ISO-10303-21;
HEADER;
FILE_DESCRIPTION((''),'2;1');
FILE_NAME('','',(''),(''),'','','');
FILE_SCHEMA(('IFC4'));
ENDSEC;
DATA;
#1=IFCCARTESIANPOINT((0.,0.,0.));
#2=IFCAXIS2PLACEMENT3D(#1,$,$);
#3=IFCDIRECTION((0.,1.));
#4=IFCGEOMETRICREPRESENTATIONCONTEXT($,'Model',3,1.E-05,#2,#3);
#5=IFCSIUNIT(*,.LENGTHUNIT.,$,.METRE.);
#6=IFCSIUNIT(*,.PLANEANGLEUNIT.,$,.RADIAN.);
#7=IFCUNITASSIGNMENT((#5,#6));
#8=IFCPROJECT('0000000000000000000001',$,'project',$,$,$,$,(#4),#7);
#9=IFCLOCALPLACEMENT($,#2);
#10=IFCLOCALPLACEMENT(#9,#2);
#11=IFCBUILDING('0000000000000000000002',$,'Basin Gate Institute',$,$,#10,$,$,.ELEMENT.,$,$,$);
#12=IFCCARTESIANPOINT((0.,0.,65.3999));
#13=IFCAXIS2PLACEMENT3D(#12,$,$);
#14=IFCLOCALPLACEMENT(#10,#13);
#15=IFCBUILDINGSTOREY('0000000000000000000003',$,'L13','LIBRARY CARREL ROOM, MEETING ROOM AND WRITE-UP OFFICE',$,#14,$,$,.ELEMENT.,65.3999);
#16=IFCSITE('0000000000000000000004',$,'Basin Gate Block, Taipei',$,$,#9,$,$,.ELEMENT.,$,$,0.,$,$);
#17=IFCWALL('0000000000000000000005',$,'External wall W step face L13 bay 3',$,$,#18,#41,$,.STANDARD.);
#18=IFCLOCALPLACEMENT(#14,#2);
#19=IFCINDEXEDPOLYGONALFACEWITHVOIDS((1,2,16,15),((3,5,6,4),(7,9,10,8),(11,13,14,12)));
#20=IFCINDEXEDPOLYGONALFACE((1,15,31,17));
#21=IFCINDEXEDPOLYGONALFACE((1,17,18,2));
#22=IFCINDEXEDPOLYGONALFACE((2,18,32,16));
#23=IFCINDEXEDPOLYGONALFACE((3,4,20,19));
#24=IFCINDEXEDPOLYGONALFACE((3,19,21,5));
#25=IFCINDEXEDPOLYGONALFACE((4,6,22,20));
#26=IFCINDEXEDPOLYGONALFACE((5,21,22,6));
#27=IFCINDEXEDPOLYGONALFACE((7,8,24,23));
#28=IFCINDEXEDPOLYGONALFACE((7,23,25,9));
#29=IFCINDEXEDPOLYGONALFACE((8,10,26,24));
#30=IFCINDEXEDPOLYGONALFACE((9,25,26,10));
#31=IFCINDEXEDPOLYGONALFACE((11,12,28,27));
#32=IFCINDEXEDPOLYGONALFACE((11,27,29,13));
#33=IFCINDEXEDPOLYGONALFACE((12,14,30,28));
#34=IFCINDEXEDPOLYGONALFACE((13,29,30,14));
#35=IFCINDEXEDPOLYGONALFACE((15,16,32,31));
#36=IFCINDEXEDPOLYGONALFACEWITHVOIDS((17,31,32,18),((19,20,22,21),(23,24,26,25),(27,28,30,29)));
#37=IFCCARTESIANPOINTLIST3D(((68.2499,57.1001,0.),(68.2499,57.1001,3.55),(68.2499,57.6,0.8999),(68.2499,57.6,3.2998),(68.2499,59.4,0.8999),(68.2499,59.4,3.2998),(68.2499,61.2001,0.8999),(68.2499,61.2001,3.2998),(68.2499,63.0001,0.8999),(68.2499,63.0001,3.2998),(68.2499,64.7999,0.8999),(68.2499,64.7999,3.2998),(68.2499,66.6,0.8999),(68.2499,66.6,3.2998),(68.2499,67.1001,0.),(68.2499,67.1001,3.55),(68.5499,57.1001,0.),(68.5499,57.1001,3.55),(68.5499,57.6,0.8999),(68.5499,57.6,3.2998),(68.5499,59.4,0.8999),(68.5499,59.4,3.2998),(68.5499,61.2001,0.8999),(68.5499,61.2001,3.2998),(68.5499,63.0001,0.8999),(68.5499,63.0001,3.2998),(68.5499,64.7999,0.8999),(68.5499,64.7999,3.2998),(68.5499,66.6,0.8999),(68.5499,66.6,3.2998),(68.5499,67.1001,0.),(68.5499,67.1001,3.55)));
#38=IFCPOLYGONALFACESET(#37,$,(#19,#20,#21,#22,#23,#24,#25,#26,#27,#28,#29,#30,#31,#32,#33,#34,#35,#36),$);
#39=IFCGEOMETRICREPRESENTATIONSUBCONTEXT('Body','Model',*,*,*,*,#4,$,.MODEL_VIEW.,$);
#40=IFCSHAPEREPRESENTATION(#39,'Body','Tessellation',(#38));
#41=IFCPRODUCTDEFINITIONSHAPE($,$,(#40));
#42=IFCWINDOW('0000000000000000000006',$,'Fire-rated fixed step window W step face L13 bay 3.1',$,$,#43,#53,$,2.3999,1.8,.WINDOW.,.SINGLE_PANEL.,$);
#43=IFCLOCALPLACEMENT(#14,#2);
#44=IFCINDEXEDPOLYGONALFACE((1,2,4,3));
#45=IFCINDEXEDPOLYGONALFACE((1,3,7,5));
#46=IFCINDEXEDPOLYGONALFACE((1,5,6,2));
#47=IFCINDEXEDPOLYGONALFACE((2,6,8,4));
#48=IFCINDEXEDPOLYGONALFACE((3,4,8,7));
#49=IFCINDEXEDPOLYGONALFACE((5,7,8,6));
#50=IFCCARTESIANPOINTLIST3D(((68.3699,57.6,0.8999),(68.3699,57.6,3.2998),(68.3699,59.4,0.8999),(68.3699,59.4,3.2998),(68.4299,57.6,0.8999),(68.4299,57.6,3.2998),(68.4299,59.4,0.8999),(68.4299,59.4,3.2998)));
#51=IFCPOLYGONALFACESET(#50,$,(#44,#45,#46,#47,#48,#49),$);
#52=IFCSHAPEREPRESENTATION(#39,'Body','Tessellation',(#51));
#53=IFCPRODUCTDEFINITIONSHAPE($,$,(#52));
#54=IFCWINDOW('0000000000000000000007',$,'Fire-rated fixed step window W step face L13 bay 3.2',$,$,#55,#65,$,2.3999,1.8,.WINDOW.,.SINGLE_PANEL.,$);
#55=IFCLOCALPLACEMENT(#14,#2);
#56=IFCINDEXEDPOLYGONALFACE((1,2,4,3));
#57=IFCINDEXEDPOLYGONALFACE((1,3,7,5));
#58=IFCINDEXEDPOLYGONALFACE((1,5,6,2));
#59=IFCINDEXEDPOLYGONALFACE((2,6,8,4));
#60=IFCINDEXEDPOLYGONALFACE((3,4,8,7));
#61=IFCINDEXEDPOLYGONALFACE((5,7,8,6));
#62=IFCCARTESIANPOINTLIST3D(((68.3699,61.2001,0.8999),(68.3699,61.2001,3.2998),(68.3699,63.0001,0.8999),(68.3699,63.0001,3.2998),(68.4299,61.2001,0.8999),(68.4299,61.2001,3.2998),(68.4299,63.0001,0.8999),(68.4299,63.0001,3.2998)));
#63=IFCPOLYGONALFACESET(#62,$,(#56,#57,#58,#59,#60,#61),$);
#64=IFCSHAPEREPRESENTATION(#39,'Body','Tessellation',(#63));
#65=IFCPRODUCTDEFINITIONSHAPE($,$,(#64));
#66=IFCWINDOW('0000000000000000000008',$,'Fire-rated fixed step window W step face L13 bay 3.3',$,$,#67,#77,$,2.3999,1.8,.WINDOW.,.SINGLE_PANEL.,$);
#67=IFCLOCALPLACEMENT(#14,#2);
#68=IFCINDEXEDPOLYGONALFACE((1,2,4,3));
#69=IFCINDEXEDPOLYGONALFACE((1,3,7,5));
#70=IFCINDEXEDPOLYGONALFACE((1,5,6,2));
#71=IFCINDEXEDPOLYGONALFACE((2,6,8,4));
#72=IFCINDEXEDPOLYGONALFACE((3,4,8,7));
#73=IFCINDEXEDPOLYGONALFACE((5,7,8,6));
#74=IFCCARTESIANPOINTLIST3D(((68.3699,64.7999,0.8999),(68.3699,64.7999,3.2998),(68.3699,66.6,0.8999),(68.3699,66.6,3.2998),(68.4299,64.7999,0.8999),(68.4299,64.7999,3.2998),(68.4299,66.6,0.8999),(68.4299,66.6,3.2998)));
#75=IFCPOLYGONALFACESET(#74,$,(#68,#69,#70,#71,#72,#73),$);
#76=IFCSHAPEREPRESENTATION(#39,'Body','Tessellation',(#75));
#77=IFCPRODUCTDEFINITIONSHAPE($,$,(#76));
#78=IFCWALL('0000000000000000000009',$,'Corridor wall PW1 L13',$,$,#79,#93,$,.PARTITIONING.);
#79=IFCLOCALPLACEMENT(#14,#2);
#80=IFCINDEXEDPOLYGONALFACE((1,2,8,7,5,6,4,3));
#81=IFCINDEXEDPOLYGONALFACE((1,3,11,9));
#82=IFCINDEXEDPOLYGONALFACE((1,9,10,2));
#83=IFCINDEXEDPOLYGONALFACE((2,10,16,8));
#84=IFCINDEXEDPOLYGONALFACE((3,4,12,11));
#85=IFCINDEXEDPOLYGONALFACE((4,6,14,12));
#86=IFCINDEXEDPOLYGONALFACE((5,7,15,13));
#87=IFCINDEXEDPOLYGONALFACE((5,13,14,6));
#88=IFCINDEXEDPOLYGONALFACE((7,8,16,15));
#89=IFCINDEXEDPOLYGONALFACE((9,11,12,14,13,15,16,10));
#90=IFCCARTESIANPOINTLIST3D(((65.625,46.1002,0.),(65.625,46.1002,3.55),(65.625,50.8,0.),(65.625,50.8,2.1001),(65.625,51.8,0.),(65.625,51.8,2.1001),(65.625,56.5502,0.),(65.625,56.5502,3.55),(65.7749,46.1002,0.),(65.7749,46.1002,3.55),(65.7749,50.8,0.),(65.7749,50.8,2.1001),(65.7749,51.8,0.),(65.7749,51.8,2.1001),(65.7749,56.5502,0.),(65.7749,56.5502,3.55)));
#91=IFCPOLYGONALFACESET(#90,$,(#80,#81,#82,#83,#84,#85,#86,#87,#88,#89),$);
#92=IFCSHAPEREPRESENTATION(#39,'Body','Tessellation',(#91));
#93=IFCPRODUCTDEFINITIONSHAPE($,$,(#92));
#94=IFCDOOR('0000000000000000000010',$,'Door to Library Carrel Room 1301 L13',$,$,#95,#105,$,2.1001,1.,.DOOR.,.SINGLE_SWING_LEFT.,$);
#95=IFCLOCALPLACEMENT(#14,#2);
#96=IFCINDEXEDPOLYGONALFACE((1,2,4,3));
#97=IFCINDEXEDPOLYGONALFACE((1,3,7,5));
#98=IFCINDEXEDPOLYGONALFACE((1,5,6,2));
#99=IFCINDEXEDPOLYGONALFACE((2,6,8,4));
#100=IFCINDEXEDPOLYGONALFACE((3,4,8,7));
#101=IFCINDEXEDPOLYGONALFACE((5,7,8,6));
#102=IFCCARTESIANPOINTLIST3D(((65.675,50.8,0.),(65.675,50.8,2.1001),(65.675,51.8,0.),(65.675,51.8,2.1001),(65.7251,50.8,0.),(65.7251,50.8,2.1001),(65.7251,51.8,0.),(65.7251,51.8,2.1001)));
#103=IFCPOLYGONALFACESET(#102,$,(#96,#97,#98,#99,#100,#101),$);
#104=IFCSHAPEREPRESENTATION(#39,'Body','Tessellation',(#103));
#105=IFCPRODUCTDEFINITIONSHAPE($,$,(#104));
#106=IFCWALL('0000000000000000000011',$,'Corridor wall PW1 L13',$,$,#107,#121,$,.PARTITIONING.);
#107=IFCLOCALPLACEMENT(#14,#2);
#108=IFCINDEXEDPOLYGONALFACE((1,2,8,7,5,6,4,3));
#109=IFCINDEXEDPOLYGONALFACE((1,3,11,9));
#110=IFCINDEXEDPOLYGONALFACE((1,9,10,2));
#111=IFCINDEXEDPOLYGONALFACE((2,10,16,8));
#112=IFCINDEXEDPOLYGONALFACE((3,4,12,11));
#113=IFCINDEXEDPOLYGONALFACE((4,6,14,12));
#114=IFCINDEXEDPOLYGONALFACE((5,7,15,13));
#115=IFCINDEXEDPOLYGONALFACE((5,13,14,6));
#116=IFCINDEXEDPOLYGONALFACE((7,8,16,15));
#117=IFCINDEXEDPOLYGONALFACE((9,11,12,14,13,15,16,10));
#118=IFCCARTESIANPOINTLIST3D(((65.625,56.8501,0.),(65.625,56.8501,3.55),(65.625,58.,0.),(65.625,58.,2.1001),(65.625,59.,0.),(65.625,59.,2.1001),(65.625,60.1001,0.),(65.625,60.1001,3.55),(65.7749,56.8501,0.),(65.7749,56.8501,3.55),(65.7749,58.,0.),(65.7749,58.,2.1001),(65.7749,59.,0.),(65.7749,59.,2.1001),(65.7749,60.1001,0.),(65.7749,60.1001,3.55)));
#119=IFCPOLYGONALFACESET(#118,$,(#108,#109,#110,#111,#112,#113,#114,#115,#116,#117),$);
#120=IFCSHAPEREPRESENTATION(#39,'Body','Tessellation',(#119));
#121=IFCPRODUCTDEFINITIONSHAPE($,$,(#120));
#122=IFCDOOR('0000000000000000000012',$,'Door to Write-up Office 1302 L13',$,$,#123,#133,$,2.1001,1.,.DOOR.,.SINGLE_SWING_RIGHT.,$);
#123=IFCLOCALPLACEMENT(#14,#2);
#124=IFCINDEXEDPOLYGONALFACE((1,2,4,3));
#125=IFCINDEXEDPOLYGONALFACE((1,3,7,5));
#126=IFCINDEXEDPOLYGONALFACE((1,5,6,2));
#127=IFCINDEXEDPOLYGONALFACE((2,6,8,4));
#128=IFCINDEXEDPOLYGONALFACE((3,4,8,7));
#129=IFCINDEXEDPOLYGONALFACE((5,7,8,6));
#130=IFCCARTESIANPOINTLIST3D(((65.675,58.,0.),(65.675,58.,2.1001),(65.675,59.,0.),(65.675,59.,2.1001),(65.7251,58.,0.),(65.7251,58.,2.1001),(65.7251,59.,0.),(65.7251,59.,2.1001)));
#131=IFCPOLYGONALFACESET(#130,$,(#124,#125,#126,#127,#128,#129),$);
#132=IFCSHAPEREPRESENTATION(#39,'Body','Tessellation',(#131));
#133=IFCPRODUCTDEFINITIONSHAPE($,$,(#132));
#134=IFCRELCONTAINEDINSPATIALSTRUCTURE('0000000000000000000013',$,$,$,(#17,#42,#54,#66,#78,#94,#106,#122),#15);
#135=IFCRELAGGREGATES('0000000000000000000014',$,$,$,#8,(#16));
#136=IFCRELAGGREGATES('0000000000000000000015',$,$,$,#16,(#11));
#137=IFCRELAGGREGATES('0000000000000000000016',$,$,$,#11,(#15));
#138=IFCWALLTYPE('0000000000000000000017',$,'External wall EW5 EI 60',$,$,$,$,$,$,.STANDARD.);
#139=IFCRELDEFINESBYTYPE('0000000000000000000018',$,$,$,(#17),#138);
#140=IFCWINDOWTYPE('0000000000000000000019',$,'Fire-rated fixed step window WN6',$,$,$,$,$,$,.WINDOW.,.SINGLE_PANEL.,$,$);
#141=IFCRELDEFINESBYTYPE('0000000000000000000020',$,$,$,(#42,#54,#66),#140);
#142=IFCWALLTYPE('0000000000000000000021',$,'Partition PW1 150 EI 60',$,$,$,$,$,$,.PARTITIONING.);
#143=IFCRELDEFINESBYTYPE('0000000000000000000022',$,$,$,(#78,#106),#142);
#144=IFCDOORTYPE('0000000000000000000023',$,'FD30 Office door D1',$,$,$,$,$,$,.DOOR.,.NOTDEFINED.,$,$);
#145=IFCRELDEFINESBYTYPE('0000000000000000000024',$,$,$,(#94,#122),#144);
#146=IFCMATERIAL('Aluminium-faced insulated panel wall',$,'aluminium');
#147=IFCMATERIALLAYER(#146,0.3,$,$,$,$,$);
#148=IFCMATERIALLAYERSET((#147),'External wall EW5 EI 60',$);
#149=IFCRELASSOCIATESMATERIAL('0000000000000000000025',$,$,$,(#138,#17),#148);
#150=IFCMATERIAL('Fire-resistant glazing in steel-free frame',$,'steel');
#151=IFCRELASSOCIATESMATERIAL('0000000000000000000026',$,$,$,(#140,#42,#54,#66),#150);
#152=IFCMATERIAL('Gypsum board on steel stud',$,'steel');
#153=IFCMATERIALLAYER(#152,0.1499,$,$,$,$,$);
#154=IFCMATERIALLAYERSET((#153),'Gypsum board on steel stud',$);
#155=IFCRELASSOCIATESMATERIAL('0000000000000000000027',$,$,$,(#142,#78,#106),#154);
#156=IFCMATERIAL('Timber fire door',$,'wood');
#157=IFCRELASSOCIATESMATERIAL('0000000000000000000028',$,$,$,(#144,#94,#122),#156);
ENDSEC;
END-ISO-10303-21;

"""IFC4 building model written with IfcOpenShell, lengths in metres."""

from ifc_helpers import new_model, si_unit, direction, frame, frame_2d, origin, place, context, subcontext, project, spatial, rectangle, extrude, material, layer, layer_set, type_object, element, fill, save


model = new_model("IFC4")

# Units and contexts
model_context = context("Model", 3, precision=1e-05, world=origin(), true_north=direction((0.0, 1.0)))
body_context = subcontext(model_context, "Body", "Model", "MODEL_VIEW")
ifc_project = project(units=[si_unit("LENGTHUNIT", "METRE"), si_unit("PLANEANGLEUNIT", "RADIAN")], contexts=[model_context])

# Site, building, storey
site_placement = place(None, origin())
site = spatial("IfcSite", under=ifc_project, at=site_placement, Name="Basin Gate Block, Taipei", CompositionType="ELEMENT", RefElevation=0.0)
building_placement = place(site_placement, origin())
building = spatial("IfcBuilding", under=site, at=building_placement, Name="Basin Gate Institute", CompositionType="ELEMENT")
storey_placement = place(building_placement, frame((0.0, 0.0, 65.3999)))
storey = spatial("IfcBuildingStorey", under=building, at=storey_placement, Name="L13", Description="LIBRARY CARREL ROOM, MEETING ROOM AND WRITE-UP OFFICE", CompositionType="ELEMENT", Elevation=65.3999)

# Wall, openings, windows
ifc_material_1 = material(Name="Aluminium-faced insulated panel wall", Category="aluminium")
ifc_layer_1 = layer(ifc_material_1, 0.3)
ifc_layer_set_1 = layer_set([ifc_layer_1], Name="External wall EW5 EI 60")
wall_type_1 = type_object("IfcWallType", Name="External wall EW5 EI 60", PredefinedType="STANDARD", material=ifc_layer_set_1)
wall_1_placement = place(storey_placement, frame((68.3999, 57.1001, 0.0), z_axis=(0.0, 0.0, 1.0), x_axis=(0.0, 1.0, 0.0)))
wall_1 = element("IfcWall", 1, at=wall_1_placement, inside=storey, type_object=wall_type_1, material=ifc_layer_set_1, Name="External wall W step face L13 bay 3", PredefinedType="STANDARD", context=body_context, shape_type="SweptSolid", body=[
    extrude(rectangle(XDim=10.0, YDim=0.3, at=frame_2d((5.0, 0.0))), origin(), (0.0, 0.0, 1.0), 3.55),
])
opening_1_placement = place(wall_1_placement, frame((0.5, 0.0, 0.8999)))
opening_1 = element("IfcOpeningElement", 2, at=opening_1_placement, cuts=wall_1, PredefinedType="OPENING", context=body_context, shape_type="SweptSolid", body=[
    extrude(rectangle(XDim=1.8, YDim=2.3999, at=frame_2d((0.8999, 1.2))), frame((0.0, 0.1602, 0.0), z_axis=(0.0, -1.0, 0.0), x_axis=(1.0, 0.0, 0.0)), (0.0, 0.0, 1.0), 0.3201),
])
opening_2_placement = place(wall_1_placement, frame((4.1001, 0.0, 0.8999)))
opening_2 = element("IfcOpeningElement", 3, at=opening_2_placement, cuts=wall_1, PredefinedType="OPENING", context=body_context, shape_type="SweptSolid", body=[
    extrude(rectangle(XDim=1.8, YDim=2.3999, at=frame_2d((0.8999, 1.2))), frame((0.0, 0.1602, 0.0), z_axis=(0.0, -1.0, 0.0), x_axis=(1.0, 0.0, 0.0)), (0.0, 0.0, 1.0), 0.3201),
])
opening_3_placement = place(wall_1_placement, frame((7.7, 0.0, 0.8999)))
opening_3 = element("IfcOpeningElement", 4, at=opening_3_placement, cuts=wall_1, PredefinedType="OPENING", context=body_context, shape_type="SweptSolid", body=[
    extrude(rectangle(XDim=1.8, YDim=2.3999, at=frame_2d((0.8999, 1.2))), frame((0.0, 0.1602, 0.0), z_axis=(0.0, -1.0, 0.0), x_axis=(1.0, 0.0, 0.0)), (0.0, 0.0, 1.0), 0.3201),
])
ifc_material_2 = material(Name="Fire-resistant glazing in steel-free frame", Category="steel")
window_type_1 = type_object("IfcWindowType", Name="Fire-rated fixed step window WN6", PartitioningType="SINGLE_PANEL", PredefinedType="WINDOW", material=ifc_material_2)
window_1_placement = place(opening_1_placement, origin())
window_1 = element("IfcWindow", 5, at=window_1_placement, inside=storey, type_object=window_type_1, material=ifc_material_2, Name="Fire-rated fixed step window W step face L13 bay 3.1", OverallHeight=2.3999, OverallWidth=1.8, PartitioningType="SINGLE_PANEL", PredefinedType="WINDOW", context=body_context, shape_type="SweptSolid", body=[
    extrude(rectangle(XDim=1.8, YDim=2.3999, at=frame_2d((0.8999, 1.2))), frame((0.0, 0.03, 0.0), z_axis=(0.0, -1.0, 0.0), x_axis=(1.0, 0.0, 0.0)), (0.0, 0.0, 1.0), 0.0601),
])
fill(opening_1, window_1)
window_2_placement = place(opening_2_placement, origin())
window_2 = element("IfcWindow", 6, at=window_2_placement, inside=storey, type_object=window_type_1, material=ifc_material_2, Name="Fire-rated fixed step window W step face L13 bay 3.2", OverallHeight=2.3999, OverallWidth=1.8, PartitioningType="SINGLE_PANEL", PredefinedType="WINDOW", context=body_context, shape_type="SweptSolid", body=[
    extrude(rectangle(XDim=1.8, YDim=2.3999, at=frame_2d((0.8999, 1.2))), frame((0.0, 0.03, 0.0), z_axis=(0.0, -1.0, 0.0), x_axis=(1.0, 0.0, 0.0)), (0.0, 0.0, 1.0), 0.0601),
])
fill(opening_2, window_2)
window_3_placement = place(opening_3_placement, origin())
window_3 = element("IfcWindow", 7, at=window_3_placement, inside=storey, type_object=window_type_1, material=ifc_material_2, Name="Fire-rated fixed step window W step face L13 bay 3.3", OverallHeight=2.3999, OverallWidth=1.8, PartitioningType="SINGLE_PANEL", PredefinedType="WINDOW", context=body_context, shape_type="SweptSolid", body=[
    extrude(rectangle(XDim=1.8, YDim=2.3999, at=frame_2d((0.8999, 1.2))), frame((0.0, 0.03, 0.0), z_axis=(0.0, -1.0, 0.0), x_axis=(1.0, 0.0, 0.0)), (0.0, 0.0, 1.0), 0.0601),
])
fill(opening_3, window_3)

# Walls, openings, doors
ifc_material_3 = material(Name="Gypsum board on steel stud", Category="steel")
ifc_layer_2 = layer(ifc_material_3, 0.1499)
ifc_layer_set_2 = layer_set([ifc_layer_2], Name="Gypsum board on steel stud")
wall_type_2 = type_object("IfcWallType", Name="Partition PW1 150 EI 60", PredefinedType="PARTITIONING", material=ifc_layer_set_2)
wall_2_placement = place(storey_placement, frame((65.7, 46.1001, 0.0), z_axis=(0.0, 0.0, 1.0), x_axis=(0.0, 1.0, 0.0)))
wall_2 = element("IfcWall", 8, at=wall_2_placement, inside=storey, type_object=wall_type_2, material=ifc_layer_set_2, Name="Corridor wall PW1 L13", PredefinedType="PARTITIONING", context=body_context, shape_type="SweptSolid", body=[
    extrude(rectangle(XDim=10.45, YDim=0.1499, at=frame_2d((5.2251, 0.0))), origin(), (0.0, 0.0, 1.0), 3.55),
])
opening_4_placement = place(wall_2_placement, frame((4.7, 0.0, 0.0)))
opening_4 = element("IfcOpeningElement", 9, at=opening_4_placement, cuts=wall_2, PredefinedType="OPENING", context=body_context, shape_type="SweptSolid", body=[
    extrude(rectangle(XDim=1.0, YDim=2.1001, at=frame_2d((0.5, 1.05))), frame((0.0, 0.085, 0.0), z_axis=(0.0, -1.0, 0.0), x_axis=(1.0, 0.0, 0.0)), (0.0, 0.0, 1.0), 0.1699),
])
ifc_material_4 = material(Name="Timber fire door", Category="wood")
door_type_1 = type_object("IfcDoorType", Name="FD30 Office door D1", OperationType="NOTDEFINED", PredefinedType="DOOR", material=ifc_material_4)
door_1_placement = place(opening_4_placement, origin())
door_1 = element("IfcDoor", 10, at=door_1_placement, inside=storey, type_object=door_type_1, material=ifc_material_4, Name="Door to Library Carrel Room 1301 L13", OperationType="SINGLE_SWING_LEFT", OverallHeight=2.1001, OverallWidth=1.0, PredefinedType="DOOR", context=body_context, shape_type="SweptSolid", body=[
    extrude(rectangle(XDim=1.0, YDim=2.1001, at=frame_2d((0.5, 1.05))), frame((0.0, 0.0249, 0.0), z_axis=(0.0, -1.0, 0.0), x_axis=(1.0, 0.0, 0.0)), (0.0, 0.0, 1.0), 0.05),
])
fill(opening_4, door_1)
wall_3_placement = place(storey_placement, frame((65.7, 56.8501, 0.0), z_axis=(0.0, 0.0, 1.0), x_axis=(0.0, 1.0, 0.0)))
wall_3 = element("IfcWall", 11, at=wall_3_placement, inside=storey, type_object=wall_type_2, material=ifc_layer_set_2, Name="Corridor wall PW1 L13", PredefinedType="PARTITIONING", context=body_context, shape_type="SweptSolid", body=[
    extrude(rectangle(XDim=3.25, YDim=0.1499, at=frame_2d((1.625, 0.0))), origin(), (0.0, 0.0, 1.0), 3.55),
])
opening_5_placement = place(wall_3_placement, frame((1.1499, 0.0, 0.0)))
opening_5 = element("IfcOpeningElement", 12, at=opening_5_placement, cuts=wall_3, PredefinedType="OPENING", context=body_context, shape_type="SweptSolid", body=[
    extrude(rectangle(XDim=1.0, YDim=2.1001, at=frame_2d((0.5, 1.05))), frame((0.0, 0.085, 0.0), z_axis=(0.0, -1.0, 0.0), x_axis=(1.0, 0.0, 0.0)), (0.0, 0.0, 1.0), 0.1699),
])
door_2_placement = place(opening_5_placement, origin())
door_2 = element("IfcDoor", 13, at=door_2_placement, inside=storey, type_object=door_type_1, material=ifc_material_4, Name="Door to Write-up Office 1302 L13", OperationType="SINGLE_SWING_RIGHT", OverallHeight=2.1001, OverallWidth=1.0, PredefinedType="DOOR", context=body_context, shape_type="SweptSolid", body=[
    extrude(rectangle(XDim=1.0, YDim=2.1001, at=frame_2d((0.5, 1.05))), frame((0.0, 0.0249, 0.0), z_axis=(0.0, -1.0, 0.0), x_axis=(1.0, 0.0, 0.0)), (0.0, 0.0, 1.0), 0.05),
])
fill(opening_5, door_2)

save(model, "model.ifc")
